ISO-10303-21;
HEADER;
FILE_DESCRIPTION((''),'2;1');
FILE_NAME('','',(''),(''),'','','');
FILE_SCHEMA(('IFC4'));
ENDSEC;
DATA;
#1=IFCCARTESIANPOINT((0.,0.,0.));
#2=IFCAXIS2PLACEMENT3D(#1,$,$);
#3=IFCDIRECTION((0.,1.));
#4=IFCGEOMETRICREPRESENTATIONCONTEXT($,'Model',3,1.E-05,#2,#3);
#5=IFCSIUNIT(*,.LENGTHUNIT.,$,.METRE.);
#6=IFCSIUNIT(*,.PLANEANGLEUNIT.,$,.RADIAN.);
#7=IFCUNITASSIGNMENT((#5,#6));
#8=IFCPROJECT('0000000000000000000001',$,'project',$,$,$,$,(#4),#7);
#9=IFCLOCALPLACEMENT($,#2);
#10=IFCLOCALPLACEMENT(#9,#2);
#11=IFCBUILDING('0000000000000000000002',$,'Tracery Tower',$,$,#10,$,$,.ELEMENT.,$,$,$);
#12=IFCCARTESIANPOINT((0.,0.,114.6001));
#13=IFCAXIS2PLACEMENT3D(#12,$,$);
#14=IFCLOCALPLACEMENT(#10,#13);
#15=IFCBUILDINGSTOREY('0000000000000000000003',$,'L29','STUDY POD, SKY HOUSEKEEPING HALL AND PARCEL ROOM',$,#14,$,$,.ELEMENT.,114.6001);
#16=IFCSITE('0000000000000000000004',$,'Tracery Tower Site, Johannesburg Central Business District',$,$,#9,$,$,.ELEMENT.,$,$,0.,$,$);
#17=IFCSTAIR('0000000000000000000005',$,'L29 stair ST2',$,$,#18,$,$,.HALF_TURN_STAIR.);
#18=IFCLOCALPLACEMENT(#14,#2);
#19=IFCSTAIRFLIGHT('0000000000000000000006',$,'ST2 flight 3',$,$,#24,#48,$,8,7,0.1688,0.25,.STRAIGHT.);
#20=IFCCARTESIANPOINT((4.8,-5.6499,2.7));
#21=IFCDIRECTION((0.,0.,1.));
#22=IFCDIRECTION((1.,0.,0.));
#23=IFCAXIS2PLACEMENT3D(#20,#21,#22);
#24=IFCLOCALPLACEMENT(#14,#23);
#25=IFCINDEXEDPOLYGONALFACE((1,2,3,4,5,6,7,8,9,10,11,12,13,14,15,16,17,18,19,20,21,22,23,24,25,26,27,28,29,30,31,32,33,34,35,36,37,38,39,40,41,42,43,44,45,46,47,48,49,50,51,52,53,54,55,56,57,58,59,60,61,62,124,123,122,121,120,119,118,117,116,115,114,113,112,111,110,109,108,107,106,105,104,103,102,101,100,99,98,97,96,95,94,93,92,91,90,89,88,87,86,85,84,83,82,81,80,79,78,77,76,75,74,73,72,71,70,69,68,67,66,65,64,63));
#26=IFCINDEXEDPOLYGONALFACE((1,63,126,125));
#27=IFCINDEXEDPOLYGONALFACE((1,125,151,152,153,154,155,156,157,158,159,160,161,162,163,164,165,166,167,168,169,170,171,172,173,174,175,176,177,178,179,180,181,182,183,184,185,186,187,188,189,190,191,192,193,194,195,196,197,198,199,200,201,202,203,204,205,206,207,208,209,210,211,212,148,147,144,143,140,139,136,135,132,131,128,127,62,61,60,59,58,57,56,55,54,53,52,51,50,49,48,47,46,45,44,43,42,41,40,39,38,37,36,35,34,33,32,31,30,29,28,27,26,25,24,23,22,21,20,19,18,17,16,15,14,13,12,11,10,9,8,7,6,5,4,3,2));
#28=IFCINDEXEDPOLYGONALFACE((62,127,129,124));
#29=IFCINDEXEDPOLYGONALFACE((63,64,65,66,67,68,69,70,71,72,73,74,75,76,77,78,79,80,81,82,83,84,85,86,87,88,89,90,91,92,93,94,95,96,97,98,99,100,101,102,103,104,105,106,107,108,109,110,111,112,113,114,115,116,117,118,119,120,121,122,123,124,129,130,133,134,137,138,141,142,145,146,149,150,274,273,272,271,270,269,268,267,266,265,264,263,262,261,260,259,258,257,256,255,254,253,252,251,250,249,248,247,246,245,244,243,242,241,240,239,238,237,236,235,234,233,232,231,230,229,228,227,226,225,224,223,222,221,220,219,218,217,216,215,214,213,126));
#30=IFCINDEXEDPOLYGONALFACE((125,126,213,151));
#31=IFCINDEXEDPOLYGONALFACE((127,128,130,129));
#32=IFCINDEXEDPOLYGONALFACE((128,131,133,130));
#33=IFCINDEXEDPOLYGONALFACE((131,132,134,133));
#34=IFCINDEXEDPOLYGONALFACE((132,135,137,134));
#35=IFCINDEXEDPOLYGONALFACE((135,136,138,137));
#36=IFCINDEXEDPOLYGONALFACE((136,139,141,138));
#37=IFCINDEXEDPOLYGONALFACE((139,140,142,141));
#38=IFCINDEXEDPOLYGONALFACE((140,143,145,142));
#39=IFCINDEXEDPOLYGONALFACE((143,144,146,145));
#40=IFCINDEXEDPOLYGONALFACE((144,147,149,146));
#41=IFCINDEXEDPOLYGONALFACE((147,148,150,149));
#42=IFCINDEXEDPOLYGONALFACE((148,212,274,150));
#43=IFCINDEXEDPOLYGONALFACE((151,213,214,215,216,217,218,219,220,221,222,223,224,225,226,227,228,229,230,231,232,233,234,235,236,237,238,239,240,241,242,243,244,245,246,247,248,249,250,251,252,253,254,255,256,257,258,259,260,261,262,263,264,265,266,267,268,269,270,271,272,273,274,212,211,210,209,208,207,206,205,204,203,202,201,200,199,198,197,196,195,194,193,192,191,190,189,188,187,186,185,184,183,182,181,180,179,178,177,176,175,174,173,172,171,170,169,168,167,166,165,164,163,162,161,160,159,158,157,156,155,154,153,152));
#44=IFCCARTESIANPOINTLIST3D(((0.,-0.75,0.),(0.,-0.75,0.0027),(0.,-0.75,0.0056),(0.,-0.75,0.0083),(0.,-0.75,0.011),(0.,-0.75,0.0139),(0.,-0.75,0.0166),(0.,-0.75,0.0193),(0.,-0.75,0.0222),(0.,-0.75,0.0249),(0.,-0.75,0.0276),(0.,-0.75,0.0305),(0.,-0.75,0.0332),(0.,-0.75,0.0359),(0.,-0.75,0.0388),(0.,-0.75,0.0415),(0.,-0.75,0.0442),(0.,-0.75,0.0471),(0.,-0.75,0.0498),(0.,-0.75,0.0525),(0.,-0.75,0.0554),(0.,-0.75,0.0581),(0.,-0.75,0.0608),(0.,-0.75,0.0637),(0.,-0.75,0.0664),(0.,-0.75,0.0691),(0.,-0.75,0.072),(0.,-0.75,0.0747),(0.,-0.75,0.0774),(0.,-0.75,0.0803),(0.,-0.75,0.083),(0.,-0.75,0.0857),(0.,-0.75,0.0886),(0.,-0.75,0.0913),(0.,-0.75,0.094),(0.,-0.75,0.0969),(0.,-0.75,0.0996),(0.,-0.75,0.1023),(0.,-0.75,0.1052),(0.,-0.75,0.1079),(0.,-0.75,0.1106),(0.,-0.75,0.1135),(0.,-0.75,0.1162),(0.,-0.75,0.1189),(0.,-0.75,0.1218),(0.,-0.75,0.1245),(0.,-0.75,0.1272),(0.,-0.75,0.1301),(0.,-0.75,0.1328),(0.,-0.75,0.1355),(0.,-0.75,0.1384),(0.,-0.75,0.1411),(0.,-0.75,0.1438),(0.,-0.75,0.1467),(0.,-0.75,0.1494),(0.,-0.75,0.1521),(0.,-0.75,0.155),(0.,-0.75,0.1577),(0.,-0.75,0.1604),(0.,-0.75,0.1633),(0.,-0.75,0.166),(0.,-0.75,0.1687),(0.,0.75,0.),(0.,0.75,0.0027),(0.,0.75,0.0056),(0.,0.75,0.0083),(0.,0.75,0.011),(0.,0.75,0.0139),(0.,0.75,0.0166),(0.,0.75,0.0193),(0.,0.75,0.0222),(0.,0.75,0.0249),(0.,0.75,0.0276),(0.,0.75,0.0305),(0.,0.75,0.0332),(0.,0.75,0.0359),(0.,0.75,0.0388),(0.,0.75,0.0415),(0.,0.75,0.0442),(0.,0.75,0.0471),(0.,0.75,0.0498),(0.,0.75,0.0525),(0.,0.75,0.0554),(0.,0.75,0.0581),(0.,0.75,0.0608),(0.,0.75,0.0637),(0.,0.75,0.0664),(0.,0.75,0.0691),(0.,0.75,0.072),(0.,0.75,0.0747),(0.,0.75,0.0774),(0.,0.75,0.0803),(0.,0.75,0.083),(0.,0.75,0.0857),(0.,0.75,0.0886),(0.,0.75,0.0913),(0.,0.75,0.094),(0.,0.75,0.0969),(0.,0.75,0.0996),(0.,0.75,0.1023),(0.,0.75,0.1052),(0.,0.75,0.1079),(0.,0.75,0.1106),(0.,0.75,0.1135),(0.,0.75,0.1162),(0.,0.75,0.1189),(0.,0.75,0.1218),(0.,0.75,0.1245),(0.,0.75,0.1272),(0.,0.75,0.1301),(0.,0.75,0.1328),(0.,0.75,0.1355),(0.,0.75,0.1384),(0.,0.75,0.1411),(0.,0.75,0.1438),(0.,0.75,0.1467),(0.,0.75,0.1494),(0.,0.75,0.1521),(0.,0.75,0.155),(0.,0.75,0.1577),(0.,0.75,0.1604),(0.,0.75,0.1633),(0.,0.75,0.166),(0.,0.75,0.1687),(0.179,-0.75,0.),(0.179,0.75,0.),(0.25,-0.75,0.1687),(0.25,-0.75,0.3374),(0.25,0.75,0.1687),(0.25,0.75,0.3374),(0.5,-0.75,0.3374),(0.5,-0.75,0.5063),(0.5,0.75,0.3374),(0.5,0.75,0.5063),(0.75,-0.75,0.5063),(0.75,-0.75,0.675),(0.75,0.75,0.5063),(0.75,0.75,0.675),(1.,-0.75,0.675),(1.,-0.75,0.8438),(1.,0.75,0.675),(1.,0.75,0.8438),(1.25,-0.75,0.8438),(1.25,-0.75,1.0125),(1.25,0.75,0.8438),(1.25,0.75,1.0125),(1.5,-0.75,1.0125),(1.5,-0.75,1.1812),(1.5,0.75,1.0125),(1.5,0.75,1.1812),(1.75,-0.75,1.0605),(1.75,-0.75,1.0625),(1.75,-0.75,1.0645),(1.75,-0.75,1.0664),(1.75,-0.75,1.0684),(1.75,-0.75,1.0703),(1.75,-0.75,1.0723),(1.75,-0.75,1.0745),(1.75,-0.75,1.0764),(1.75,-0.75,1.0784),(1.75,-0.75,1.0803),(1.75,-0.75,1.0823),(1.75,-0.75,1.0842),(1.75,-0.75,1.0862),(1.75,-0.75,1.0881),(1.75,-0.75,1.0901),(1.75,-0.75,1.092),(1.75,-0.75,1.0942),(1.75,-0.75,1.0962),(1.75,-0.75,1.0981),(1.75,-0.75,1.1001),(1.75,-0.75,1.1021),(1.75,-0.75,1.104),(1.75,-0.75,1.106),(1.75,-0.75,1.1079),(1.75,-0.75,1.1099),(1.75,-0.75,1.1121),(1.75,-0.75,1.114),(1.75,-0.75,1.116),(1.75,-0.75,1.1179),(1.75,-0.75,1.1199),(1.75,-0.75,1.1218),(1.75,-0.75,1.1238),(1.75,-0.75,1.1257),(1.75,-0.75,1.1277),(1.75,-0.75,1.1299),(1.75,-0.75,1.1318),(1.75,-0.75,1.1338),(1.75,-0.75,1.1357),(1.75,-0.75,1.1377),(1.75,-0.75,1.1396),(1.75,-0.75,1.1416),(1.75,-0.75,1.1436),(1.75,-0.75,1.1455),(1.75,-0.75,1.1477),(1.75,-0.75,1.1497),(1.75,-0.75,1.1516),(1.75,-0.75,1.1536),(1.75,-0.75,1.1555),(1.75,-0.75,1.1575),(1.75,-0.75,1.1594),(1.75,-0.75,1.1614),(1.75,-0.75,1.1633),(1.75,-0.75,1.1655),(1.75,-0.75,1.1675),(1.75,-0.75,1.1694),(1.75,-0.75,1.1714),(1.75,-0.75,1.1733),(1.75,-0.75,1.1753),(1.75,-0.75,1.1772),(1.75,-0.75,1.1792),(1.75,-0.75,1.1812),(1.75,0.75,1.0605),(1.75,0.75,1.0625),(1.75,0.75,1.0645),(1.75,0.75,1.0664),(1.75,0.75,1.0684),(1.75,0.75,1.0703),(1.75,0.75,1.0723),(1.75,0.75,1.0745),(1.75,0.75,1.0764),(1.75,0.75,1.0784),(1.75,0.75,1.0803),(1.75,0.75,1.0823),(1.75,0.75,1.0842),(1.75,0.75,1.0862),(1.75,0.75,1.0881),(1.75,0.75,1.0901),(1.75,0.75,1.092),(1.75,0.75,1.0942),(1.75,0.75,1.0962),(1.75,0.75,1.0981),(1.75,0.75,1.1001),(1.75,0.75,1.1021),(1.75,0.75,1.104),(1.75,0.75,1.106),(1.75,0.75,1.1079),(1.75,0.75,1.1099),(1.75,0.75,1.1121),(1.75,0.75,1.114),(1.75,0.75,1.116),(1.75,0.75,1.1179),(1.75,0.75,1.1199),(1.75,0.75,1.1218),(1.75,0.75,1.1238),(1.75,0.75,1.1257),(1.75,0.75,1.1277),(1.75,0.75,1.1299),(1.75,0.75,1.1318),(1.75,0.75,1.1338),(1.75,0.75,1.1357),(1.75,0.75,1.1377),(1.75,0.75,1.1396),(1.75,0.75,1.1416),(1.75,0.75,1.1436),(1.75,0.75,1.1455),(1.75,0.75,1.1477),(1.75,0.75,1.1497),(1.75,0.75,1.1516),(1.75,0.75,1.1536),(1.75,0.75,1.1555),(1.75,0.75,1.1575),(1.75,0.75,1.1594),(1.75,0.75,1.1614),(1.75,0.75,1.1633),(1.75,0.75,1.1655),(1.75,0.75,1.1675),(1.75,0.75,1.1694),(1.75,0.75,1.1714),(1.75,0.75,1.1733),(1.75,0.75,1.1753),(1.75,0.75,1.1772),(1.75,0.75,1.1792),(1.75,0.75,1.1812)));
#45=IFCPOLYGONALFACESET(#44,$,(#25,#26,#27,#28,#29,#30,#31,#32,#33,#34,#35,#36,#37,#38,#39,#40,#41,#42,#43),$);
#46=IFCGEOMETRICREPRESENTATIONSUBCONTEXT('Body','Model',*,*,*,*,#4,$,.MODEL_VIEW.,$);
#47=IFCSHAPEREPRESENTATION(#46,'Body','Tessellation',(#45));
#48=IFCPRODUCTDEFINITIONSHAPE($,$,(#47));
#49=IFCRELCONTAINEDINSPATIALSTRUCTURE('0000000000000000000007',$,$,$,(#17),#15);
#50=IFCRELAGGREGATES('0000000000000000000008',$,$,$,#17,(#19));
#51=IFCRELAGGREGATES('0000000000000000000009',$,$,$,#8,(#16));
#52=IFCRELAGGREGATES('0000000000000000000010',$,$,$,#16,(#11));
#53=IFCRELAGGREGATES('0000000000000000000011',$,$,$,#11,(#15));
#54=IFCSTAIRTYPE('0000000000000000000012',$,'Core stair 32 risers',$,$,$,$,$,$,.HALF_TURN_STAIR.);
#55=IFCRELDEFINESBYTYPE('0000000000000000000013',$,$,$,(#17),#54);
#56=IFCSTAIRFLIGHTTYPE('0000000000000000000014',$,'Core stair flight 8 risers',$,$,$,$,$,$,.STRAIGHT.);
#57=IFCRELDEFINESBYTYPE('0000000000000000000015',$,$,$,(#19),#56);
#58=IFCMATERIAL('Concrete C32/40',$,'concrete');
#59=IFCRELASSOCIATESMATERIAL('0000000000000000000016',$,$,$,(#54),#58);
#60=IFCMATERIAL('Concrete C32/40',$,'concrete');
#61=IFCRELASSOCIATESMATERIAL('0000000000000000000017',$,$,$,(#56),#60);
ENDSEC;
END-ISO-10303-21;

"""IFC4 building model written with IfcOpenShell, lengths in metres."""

from ifc_helpers import new_model, si_unit, direction, frame, origin, place, context, subcontext, project, spatial, polyline, outline, extrude, material, type_object, element, aggregate, save


model = new_model("IFC4")

# Units and contexts
model_context = context("Model", 3, precision=1e-05, world=origin(), true_north=direction((0.0, 1.0)))
body_context = subcontext(model_context, "Body", "Model", "MODEL_VIEW")
ifc_project = project(units=[si_unit("LENGTHUNIT", "METRE"), si_unit("PLANEANGLEUNIT", "RADIAN")], contexts=[model_context])

# Site, building, storey
site_placement = place(None, origin())
site = spatial("IfcSite", under=ifc_project, at=site_placement, Name="Tracery Tower Site, Johannesburg Central Business District", CompositionType="ELEMENT", RefElevation=0.0)
building_placement = place(site_placement, origin())
building = spatial("IfcBuilding", under=site, at=building_placement, Name="Tracery Tower", CompositionType="ELEMENT")
storey_placement = place(building_placement, frame((0.0, 0.0, 114.6001)))
storey = spatial("IfcBuildingStorey", under=building, at=storey_placement, Name="L29", Description="STUDY POD, SKY HOUSEKEEPING HALL AND PARCEL ROOM", CompositionType="ELEMENT", Elevation=114.6001)

# Shared definitions
ifc_material_1 = material(Name="Concrete C32/40", Category="concrete")
stair_type = type_object("IfcStairType", Name="Core stair 32 risers", PredefinedType="HALF_TURN_STAIR", material=ifc_material_1)

# Stair, stair flight
stair_1_placement = place(storey_placement, origin())
stair_1 = element("IfcStair", 1, at=stair_1_placement, inside=storey, type_object=stair_type, Name="L29 stair ST2", PredefinedType="HALF_TURN_STAIR")
ifc_material_2 = material(Name="Concrete C32/40", Category="concrete")
stair_flight_type = type_object("IfcStairFlightType", Name="Core stair flight 8 risers", PredefinedType="STRAIGHT", material=ifc_material_2)
stair_flight_1_placement = place(storey_placement, frame((4.8, -5.6499, 2.7), z_axis=(0.0, 0.0, 1.0), x_axis=(1.0, 0.0, 0.0)))
stair_flight_1 = element("IfcStairFlight", 2, at=stair_flight_1_placement, type_object=stair_flight_type, Name="ST2 flight 3", NumberOfRisers=8, NumberOfTreads=7, PredefinedType="STRAIGHT", RiserHeight=0.1688, TreadLength=0.25, context=body_context, shape_type="SweptSolid", body=[
    extrude(outline(polyline([(0.0, 0.0), (0.0, 0.0027), (0.0, 0.0056), (0.0, 0.0083), (0.0, 0.011), (0.0, 0.0139), (0.0, 0.0166), (0.0, 0.0193), (0.0, 0.0222), (0.0, 0.0249), (0.0, 0.0276), (0.0, 0.0305), (0.0, 0.0332), (0.0, 0.0359), (0.0, 0.0388), (0.0, 0.0415), (0.0, 0.0442), (0.0, 0.0471), (0.0, 0.0498), (0.0, 0.0525), (0.0, 0.0554), (0.0, 0.0581), (0.0, 0.0608), (0.0, 0.0637), (0.0, 0.0664), (0.0, 0.0691), (0.0, 0.072), (0.0, 0.0747), (0.0, 0.0774), (0.0, 0.0803), (0.0, 0.083), (0.0, 0.0857), (0.0, 0.0886), (0.0, 0.0913), (0.0, 0.094), (0.0, 0.0969), (0.0, 0.0996), (0.0, 0.1023), (0.0, 0.1052), (0.0, 0.1079), (0.0, 0.1106), (0.0, 0.1135), (0.0, 0.1162), (0.0, 0.1189), (0.0, 0.1218), (0.0, 0.1245), (0.0, 0.1272), (0.0, 0.1301), (0.0, 0.1328), (0.0, 0.1355), (0.0, 0.1384), (0.0, 0.1411), (0.0, 0.1438), (0.0, 0.1467), (0.0, 0.1494), (0.0, 0.1521), (0.0, 0.155), (0.0, 0.1577), (0.0, 0.1604), (0.0, 0.1633), (0.0, 0.166), (0.0, 0.1687), (0.25, 0.1687), (0.25, 0.3374), (0.5, 0.3374), (0.5, 0.5063), (0.75, 0.5063), (0.75, 0.675), (1.0, 0.675), (1.0, 0.8438), (1.25, 0.8438), (1.25, 1.0125), (1.5, 1.0125), (1.5, 1.1812), (1.75, 1.1812), (1.75, 1.1792), (1.75, 1.1772), (1.75, 1.1753), (1.75, 1.1733), (1.75, 1.1714), (1.75, 1.1694), (1.75, 1.1675), (1.75, 1.1655), (1.75, 1.1633), (1.75, 1.1614), (1.75, 1.1594), (1.75, 1.1575), (1.75, 1.1555), (1.75, 1.1536), (1.75, 1.1516), (1.75, 1.1497), (1.75, 1.1477), (1.75, 1.1455), (1.75, 1.1436), (1.75, 1.1416), (1.75, 1.1396), (1.75, 1.1377), (1.75, 1.1357), (1.75, 1.1338), (1.75, 1.1318), (1.75, 1.1299), (1.75, 1.1277), (1.75, 1.1257), (1.75, 1.1238), (1.75, 1.1218), (1.75, 1.1199), (1.75, 1.1179), (1.75, 1.116), (1.75, 1.114), (1.75, 1.1121), (1.75, 1.1099), (1.75, 1.1079), (1.75, 1.106), (1.75, 1.104), (1.75, 1.1021), (1.75, 1.1001), (1.75, 1.0981), (1.75, 1.0962), (1.75, 1.0942), (1.75, 1.092), (1.75, 1.0901), (1.75, 1.0881), (1.75, 1.0862), (1.75, 1.0842), (1.75, 1.0823), (1.75, 1.0803), (1.75, 1.0784), (1.75, 1.0764), (1.75, 1.0745), (1.75, 1.0723), (1.75, 1.0703), (1.75, 1.0684), (1.75, 1.0664), (1.75, 1.0645), (1.75, 1.0625), (1.75, 1.0605), (0.179, 0.0), (0.0, 0.0)])), frame((0.0, 0.75, 0.0), z_axis=(0.0, -1.0, 0.0), x_axis=(1.0, 0.0, 0.0)), (0.0, 0.0, 1.0), 1.5),
])
aggregate(stair_1, [stair_flight_1])

save(model, "model.ifc")
